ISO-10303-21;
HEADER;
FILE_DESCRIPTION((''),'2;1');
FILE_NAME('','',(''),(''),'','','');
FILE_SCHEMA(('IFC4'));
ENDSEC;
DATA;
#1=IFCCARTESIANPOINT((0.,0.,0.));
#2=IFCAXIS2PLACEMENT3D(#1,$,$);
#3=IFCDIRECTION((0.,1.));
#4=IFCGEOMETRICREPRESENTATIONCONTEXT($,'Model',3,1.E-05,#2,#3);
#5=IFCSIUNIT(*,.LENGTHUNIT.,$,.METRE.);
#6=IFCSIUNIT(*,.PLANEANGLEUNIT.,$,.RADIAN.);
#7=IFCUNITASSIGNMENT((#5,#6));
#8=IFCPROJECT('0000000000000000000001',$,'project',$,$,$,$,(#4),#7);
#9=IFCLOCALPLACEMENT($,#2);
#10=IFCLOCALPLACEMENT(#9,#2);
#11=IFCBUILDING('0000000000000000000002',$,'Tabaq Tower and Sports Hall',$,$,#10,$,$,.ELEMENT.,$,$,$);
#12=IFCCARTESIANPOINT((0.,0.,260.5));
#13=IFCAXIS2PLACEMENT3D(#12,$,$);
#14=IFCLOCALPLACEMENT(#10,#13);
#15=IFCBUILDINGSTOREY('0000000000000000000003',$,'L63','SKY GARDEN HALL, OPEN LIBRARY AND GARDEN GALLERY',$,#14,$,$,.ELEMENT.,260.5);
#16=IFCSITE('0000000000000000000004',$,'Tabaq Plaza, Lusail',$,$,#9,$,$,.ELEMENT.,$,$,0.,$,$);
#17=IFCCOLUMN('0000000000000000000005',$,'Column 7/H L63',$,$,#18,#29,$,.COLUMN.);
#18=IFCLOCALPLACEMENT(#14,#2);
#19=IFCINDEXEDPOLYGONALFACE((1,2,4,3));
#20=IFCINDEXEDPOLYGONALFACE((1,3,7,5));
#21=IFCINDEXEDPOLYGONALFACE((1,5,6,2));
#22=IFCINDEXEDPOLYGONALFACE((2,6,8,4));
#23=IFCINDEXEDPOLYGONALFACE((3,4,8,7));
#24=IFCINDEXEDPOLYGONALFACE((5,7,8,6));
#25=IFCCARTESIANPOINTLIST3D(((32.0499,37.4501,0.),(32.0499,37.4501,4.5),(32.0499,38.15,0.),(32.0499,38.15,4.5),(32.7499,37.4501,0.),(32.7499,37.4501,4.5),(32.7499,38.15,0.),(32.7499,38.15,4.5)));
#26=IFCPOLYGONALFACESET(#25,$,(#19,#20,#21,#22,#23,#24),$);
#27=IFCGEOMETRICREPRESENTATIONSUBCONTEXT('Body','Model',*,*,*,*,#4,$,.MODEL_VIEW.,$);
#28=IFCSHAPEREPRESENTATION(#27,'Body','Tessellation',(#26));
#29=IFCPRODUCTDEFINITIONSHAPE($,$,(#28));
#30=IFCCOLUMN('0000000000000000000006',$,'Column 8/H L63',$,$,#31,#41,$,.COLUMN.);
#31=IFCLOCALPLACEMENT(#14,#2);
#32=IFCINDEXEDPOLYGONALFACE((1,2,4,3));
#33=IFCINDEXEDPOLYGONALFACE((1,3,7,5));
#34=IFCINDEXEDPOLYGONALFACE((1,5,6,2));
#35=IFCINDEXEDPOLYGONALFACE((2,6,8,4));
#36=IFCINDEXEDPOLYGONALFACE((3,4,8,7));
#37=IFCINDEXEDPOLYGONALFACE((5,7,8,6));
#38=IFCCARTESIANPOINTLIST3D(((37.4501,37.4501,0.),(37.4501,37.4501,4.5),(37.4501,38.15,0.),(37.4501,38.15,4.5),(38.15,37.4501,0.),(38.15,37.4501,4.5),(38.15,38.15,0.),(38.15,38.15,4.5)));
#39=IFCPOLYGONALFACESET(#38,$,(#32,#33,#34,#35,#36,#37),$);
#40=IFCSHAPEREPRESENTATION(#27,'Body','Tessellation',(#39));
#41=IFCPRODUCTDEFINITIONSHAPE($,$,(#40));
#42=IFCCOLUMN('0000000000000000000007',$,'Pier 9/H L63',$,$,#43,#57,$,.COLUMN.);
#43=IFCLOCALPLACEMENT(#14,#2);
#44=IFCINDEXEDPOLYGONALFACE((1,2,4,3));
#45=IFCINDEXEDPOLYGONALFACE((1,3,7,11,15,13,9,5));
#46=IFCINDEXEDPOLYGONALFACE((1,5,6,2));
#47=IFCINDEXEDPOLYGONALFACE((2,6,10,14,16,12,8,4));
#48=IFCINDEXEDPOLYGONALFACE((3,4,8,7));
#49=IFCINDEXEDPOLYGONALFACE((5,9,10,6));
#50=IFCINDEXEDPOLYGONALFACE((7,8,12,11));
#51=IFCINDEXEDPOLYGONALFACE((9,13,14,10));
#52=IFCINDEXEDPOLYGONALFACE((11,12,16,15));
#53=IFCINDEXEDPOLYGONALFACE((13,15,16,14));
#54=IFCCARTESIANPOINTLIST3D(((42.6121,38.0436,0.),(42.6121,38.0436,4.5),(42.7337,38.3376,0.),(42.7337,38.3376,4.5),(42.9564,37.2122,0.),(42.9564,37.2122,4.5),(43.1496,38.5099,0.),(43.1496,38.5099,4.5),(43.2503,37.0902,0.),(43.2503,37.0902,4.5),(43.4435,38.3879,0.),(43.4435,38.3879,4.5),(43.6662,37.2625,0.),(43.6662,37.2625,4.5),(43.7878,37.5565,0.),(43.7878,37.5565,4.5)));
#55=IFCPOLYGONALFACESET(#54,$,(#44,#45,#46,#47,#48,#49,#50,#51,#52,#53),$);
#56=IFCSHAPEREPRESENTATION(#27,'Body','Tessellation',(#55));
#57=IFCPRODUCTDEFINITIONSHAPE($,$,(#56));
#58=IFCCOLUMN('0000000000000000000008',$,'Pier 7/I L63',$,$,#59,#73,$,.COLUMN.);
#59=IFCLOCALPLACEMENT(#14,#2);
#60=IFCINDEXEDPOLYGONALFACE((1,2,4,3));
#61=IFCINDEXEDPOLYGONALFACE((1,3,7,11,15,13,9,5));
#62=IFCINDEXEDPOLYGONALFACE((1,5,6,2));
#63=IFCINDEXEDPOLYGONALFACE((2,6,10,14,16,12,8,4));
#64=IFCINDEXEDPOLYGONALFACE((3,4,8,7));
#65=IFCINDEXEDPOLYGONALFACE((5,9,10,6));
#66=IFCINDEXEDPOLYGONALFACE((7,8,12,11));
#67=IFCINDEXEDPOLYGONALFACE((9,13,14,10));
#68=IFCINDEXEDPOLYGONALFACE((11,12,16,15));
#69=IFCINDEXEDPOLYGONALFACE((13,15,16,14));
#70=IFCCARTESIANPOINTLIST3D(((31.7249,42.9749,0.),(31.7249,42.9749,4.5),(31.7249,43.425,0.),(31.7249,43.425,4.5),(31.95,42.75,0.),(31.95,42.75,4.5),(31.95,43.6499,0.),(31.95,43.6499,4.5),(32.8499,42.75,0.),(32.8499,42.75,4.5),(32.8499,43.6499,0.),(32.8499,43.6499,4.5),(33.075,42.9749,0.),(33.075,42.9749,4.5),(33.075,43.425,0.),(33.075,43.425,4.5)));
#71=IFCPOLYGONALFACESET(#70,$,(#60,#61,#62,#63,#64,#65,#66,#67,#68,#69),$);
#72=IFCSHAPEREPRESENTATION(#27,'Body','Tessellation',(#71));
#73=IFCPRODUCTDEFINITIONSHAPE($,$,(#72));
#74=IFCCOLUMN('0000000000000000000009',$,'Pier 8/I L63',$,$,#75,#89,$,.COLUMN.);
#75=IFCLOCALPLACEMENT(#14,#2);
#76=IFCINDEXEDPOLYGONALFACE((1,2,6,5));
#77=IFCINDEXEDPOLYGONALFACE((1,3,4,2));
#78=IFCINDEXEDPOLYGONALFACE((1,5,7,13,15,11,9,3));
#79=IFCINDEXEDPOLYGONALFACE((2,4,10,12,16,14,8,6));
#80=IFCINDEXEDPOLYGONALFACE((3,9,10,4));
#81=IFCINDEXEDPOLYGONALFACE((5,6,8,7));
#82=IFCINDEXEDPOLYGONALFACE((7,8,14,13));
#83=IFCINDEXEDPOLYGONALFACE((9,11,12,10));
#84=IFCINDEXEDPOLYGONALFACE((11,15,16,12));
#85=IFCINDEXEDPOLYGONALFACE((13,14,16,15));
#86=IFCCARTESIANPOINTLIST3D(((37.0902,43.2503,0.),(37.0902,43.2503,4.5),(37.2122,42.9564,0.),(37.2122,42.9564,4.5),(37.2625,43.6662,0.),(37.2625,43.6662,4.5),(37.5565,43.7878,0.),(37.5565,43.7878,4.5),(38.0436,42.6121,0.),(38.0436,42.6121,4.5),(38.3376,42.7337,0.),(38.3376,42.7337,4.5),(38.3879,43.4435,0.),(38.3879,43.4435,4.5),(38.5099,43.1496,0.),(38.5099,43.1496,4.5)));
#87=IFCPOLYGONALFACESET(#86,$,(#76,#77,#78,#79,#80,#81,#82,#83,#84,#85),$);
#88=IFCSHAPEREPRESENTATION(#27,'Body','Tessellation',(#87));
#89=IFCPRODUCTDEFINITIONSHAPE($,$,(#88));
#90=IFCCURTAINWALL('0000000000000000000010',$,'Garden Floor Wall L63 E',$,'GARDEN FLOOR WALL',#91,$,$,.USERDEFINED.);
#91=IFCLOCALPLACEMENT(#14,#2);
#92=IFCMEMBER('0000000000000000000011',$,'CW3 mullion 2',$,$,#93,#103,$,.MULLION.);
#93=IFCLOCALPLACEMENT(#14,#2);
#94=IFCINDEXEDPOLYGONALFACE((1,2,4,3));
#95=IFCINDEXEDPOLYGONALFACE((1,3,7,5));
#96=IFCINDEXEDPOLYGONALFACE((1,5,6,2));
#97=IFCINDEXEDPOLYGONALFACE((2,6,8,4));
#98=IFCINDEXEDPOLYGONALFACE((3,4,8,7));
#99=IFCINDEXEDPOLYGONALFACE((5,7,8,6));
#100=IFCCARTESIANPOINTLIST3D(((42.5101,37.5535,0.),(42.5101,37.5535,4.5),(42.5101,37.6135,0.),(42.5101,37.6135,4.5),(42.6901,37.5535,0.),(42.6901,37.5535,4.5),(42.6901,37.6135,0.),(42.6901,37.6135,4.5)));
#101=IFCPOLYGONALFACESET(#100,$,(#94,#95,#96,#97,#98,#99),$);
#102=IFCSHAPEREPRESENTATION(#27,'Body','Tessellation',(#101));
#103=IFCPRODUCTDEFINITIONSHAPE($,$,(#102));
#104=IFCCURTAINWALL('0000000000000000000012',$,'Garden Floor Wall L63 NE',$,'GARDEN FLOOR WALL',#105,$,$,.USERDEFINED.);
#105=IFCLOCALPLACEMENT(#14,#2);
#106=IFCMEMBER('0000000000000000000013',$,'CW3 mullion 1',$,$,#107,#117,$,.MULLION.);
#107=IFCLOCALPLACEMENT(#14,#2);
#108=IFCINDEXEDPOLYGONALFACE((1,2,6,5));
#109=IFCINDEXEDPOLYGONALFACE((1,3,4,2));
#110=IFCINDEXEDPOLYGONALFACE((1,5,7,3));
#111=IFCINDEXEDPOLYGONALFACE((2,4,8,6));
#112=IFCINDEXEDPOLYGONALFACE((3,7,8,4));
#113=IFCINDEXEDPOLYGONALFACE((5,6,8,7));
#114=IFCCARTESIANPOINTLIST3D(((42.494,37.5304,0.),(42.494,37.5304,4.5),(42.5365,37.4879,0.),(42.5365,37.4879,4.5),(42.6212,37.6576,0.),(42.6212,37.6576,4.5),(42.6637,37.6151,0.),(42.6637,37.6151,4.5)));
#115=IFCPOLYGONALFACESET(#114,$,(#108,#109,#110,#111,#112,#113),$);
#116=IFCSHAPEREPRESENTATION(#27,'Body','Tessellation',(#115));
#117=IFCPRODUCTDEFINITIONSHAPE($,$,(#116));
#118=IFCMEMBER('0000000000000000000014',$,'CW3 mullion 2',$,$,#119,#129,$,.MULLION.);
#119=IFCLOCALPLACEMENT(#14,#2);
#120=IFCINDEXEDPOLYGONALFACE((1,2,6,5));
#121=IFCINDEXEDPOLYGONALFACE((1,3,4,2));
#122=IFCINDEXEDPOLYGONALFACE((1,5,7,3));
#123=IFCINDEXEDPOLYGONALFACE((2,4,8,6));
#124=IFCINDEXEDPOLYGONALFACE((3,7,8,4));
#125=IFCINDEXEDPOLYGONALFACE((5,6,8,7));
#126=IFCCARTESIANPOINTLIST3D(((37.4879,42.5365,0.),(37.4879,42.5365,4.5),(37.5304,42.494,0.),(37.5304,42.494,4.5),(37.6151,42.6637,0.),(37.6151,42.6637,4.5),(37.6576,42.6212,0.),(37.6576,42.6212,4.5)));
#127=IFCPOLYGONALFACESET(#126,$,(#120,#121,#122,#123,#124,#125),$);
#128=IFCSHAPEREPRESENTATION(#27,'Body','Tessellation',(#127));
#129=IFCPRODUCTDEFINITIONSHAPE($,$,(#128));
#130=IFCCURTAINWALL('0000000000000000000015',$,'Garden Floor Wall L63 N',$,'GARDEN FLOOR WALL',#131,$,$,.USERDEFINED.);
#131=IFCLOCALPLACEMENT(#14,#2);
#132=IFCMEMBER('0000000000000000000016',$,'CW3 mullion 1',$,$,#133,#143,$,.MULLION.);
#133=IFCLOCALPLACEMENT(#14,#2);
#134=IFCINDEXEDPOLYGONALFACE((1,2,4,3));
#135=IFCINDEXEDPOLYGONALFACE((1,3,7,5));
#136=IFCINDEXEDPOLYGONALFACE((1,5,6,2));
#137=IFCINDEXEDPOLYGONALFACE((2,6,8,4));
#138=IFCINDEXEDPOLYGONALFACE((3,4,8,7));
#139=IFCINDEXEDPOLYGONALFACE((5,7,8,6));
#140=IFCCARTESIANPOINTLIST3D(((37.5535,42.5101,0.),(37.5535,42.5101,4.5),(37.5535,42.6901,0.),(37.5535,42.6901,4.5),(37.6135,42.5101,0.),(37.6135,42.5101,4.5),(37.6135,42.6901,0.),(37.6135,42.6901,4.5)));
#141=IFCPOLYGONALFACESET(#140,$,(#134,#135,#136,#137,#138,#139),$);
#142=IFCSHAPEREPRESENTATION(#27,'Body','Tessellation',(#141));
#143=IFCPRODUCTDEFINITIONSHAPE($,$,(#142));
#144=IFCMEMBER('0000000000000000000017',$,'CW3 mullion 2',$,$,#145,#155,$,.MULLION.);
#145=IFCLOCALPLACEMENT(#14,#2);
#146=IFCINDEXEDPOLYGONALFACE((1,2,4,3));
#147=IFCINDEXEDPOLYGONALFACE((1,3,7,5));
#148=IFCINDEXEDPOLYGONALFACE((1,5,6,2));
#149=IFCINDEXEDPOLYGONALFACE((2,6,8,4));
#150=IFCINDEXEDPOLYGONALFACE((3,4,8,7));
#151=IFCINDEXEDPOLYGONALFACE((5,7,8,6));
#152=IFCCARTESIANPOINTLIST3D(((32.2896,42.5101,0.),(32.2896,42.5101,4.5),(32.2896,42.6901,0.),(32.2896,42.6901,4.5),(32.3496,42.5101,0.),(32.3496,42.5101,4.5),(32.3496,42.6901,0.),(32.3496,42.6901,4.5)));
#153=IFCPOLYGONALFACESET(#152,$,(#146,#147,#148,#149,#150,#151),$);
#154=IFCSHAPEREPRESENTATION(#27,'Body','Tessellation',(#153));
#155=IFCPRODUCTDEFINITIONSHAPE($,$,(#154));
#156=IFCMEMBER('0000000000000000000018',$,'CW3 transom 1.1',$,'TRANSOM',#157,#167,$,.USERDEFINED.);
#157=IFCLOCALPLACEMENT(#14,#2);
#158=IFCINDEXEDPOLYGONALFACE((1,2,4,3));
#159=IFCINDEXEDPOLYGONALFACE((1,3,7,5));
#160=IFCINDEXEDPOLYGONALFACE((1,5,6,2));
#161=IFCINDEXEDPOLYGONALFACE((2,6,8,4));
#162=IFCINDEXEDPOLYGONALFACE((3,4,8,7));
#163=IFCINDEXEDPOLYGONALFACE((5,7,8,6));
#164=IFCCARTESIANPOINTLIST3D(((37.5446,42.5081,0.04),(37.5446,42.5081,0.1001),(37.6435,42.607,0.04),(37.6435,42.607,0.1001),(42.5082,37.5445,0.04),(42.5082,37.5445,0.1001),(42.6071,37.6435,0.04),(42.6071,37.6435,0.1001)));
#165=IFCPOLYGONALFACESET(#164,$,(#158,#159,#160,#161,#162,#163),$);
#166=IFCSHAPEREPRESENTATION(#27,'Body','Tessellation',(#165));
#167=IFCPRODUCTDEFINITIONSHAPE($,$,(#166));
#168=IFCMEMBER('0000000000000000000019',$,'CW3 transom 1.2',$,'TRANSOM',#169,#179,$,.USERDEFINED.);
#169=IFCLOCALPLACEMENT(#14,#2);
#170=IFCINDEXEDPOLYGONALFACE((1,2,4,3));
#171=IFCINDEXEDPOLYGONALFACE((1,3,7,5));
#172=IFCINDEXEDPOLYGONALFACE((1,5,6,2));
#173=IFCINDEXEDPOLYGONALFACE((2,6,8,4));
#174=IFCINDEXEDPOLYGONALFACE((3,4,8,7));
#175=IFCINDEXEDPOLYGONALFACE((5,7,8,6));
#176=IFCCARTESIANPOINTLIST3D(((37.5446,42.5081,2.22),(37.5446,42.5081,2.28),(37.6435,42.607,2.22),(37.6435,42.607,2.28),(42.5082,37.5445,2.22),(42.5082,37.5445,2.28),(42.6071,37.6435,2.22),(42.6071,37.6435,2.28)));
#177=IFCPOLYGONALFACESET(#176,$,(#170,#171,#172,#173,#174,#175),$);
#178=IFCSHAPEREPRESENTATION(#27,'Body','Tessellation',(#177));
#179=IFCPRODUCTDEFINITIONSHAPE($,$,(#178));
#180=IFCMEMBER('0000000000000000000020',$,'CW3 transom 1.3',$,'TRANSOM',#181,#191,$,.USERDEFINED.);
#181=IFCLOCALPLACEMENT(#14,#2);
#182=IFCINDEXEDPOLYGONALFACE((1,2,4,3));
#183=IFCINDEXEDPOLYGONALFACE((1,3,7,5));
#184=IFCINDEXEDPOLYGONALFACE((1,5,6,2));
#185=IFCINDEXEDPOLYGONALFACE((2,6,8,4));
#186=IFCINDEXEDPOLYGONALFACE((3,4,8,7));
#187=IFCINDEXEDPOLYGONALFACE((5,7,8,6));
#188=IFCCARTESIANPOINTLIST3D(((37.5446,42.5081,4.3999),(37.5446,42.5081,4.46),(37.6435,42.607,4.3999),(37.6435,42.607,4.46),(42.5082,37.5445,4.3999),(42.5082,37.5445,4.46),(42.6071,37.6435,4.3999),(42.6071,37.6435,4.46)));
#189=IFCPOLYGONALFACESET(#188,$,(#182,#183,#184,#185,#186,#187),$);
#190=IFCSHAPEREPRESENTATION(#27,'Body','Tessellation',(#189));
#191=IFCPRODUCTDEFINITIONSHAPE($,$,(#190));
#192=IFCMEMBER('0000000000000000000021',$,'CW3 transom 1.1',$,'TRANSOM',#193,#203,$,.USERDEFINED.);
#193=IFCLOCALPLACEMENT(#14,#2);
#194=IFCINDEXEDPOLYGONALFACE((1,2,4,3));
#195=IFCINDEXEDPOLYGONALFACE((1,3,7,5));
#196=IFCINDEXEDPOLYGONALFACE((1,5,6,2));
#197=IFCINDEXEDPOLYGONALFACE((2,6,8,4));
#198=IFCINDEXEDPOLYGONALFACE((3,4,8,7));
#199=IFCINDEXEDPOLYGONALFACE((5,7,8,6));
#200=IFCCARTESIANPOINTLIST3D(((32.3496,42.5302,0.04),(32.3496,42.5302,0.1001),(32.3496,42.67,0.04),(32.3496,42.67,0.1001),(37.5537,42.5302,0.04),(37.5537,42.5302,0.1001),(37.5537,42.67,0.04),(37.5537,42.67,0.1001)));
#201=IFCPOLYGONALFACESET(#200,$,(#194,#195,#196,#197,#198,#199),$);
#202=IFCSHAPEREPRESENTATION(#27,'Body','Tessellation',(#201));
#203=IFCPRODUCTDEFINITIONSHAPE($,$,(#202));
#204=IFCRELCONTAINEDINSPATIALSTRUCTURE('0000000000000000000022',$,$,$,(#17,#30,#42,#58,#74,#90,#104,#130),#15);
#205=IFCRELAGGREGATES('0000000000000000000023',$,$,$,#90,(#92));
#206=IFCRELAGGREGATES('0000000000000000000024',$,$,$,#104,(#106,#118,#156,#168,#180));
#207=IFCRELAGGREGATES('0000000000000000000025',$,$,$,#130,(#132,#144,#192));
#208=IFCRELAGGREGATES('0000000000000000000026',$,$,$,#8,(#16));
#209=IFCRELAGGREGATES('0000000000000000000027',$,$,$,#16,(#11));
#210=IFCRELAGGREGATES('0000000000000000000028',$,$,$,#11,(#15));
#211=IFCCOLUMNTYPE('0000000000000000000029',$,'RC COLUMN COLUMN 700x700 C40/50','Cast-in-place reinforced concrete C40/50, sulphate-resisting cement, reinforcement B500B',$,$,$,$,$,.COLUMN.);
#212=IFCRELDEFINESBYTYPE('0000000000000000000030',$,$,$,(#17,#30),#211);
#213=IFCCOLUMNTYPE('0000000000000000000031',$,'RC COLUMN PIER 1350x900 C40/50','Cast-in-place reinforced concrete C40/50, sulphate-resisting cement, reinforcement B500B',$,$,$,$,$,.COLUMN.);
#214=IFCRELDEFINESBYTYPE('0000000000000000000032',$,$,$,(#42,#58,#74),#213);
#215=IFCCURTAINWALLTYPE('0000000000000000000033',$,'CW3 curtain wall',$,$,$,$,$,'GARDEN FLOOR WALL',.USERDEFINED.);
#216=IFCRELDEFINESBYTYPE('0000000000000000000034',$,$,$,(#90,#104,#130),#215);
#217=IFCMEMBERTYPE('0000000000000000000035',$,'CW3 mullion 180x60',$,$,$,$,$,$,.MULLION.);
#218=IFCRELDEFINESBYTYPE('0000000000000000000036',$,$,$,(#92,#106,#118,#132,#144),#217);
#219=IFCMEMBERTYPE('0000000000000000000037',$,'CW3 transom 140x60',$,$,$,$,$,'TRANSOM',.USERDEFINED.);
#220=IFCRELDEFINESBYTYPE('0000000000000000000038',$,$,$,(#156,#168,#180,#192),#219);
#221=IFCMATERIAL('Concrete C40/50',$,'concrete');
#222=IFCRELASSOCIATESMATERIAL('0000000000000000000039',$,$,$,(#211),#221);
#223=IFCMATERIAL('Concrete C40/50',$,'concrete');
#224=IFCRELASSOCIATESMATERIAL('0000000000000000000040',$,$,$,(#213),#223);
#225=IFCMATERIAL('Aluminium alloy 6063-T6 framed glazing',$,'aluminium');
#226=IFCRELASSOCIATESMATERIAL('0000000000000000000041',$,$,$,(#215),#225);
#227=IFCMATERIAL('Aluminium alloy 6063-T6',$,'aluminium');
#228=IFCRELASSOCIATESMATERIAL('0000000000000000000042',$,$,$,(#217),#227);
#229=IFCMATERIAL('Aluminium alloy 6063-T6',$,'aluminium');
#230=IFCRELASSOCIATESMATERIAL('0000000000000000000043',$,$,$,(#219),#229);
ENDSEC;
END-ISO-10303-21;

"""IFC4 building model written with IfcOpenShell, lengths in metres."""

from ifc_helpers import new_model, si_unit, direction, frame, origin, origin_2d, place, context, subcontext, project, spatial, polyline, rectangle, outline, extrude, material, material_profile, profile_set, type_object, element, aggregate, save


model = new_model("IFC4")

# Units and contexts
model_context = context("Model", 3, precision=1e-05, world=origin(), true_north=direction((0.0, 1.0)))
body_context = subcontext(model_context, "Body", "Model", "MODEL_VIEW")
ifc_project = project(units=[si_unit("LENGTHUNIT", "METRE"), si_unit("PLANEANGLEUNIT", "RADIAN")], contexts=[model_context])

# Site, building, storey
site_placement = place(None, origin())
site = spatial("IfcSite", under=ifc_project, at=site_placement, Name="Tabaq Plaza, Lusail", CompositionType="ELEMENT", RefElevation=0.0)
building_placement = place(site_placement, origin())
building = spatial("IfcBuilding", under=site, at=building_placement, Name="Tabaq Tower and Sports Hall", CompositionType="ELEMENT")
storey_placement = place(building_placement, frame((0.0, 0.0, 260.5)))
storey = spatial("IfcBuildingStorey", under=building, at=storey_placement, Name="L63", Description="SKY GARDEN HALL, OPEN LIBRARY AND GARDEN GALLERY", CompositionType="ELEMENT", Elevation=260.5)

# Columns
ifc_material_1 = material(Name="Concrete C40/50", Category="concrete")
ifc_material_profile_1 = material_profile(ifc_material_1, rectangle(XDim=0.7, YDim=0.7, at=origin_2d()), Name="COLUMN 700x700")
ifc_profile_set_1 = profile_set([ifc_material_profile_1], Name="Concrete C40/50")
column_type_1 = type_object("IfcColumnType", Name="RC COLUMN COLUMN 700x700 C40/50", Description="Cast-in-place reinforced concrete C40/50, sulphate-resisting cement, reinforcement B500B", PredefinedType="COLUMN", material=ifc_profile_set_1)
for number, where, z_axis, x_axis, name in (
    (1, (32.3999, 37.8, 0.0), (0.0, 0.0, 1.0), (1.0, 0.0, 0.0), "Column 7/H L63"),
    (2, (37.8, 37.8, 0.0), (0.0, 0.0, 1.0), (1.0, 0.0, 0.0), "Column 8/H L63"),
):
    element("IfcColumn", number, at=place(storey_placement, frame(where, z_axis=z_axis, x_axis=x_axis)), inside=storey, type_object=column_type_1, Name=name, PredefinedType="COLUMN", context=body_context, shape_type="SweptSolid", body=[
        extrude(rectangle(XDim=0.7, YDim=0.7, at=origin_2d()), origin(), (0.0, 0.0, 1.0), 4.5),
    ])
ifc_material_2 = material(Name="Concrete C40/50", Category="concrete")
ifc_material_profile_2 = material_profile(ifc_material_2, outline(polyline([(-0.45, -0.45), (0.45, -0.45), (0.675, -0.2251), (0.675, 0.2251), (0.45, 0.45), (-0.45, 0.45), (-0.675, 0.2251), (-0.675, -0.2251), (-0.45, -0.45)])), Name="PIER 1350x900")
ifc_profile_set_2 = profile_set([ifc_material_profile_2], Name="Concrete C40/50")
column_type_2 = type_object("IfcColumnType", Name="RC COLUMN PIER 1350x900 C40/50", Description="Cast-in-place reinforced concrete C40/50, sulphate-resisting cement, reinforcement B500B", PredefinedType="COLUMN", material=ifc_profile_set_2)
for number, where, z_axis, x_axis, name in (
    (3, (43.2, 37.8, 0.0), (0.0, 0.0, 1.0), (-0.382683, 0.92388, 0.0), "Pier 9/H L63"),
    (4, (32.3999, 43.2, 0.0), (0.0, 0.0, 1.0), (1.0, 0.0, 0.0), "Pier 7/I L63"),
    (5, (37.8, 43.2, 0.0), (0.0, 0.0, 1.0), (-0.92388, 0.382683, 0.0), "Pier 8/I L63"),
):
    element("IfcColumn", number, at=place(storey_placement, frame(where, z_axis=z_axis, x_axis=x_axis)), inside=storey, type_object=column_type_2, Name=name, PredefinedType="COLUMN", context=body_context, shape_type="SweptSolid", body=[
        extrude(outline(polyline([(-0.45, -0.45), (0.45, -0.45), (0.675, -0.2251), (0.675, 0.2251), (0.45, 0.45), (-0.45, 0.45), (-0.675, 0.2251), (-0.675, -0.2251), (-0.45, -0.45)])), origin(), (0.0, 0.0, 1.0), 4.5),
    ])

# Curtain wall, member
ifc_material_3 = material(Name="Aluminium alloy 6063-T6 framed glazing", Category="aluminium")
curtain_wall_type = type_object("IfcCurtainWallType", Name="CW3 curtain wall", ElementType="GARDEN FLOOR WALL", PredefinedType="USERDEFINED", material=ifc_material_3)
curtain_wall_1_placement = place(storey_placement, origin())
curtain_wall_1 = element("IfcCurtainWall", 6, at=curtain_wall_1_placement, inside=storey, type_object=curtain_wall_type, Name="Garden Floor Wall L63 E", ObjectType="GARDEN FLOOR WALL", PredefinedType="USERDEFINED")
ifc_material_4 = material(Name="Aluminium alloy 6063-T6", Category="aluminium")
ifc_material_profile_3 = material_profile(ifc_material_4, rectangle(XDim=0.1799, YDim=0.0601, at=origin_2d()), Name="MULLION 180x60")
ifc_profile_set_3 = profile_set([ifc_material_profile_3], Name="Aluminium alloy 6063-T6")
member_type_1 = type_object("IfcMemberType", Name="CW3 mullion 180x60", PredefinedType="MULLION", material=ifc_profile_set_3)
member_1_placement = place(storey_placement, frame((42.6001, 37.5835, 0.0), z_axis=(0.0, 0.0, 1.0), x_axis=(-1.0, 0.0, 0.0)))
member_1 = element("IfcMember", 7, at=member_1_placement, type_object=member_type_1, Name="CW3 mullion 2", PredefinedType="MULLION", context=body_context, shape_type="SweptSolid", body=[
    extrude(rectangle(XDim=0.1799, YDim=0.0601, at=origin_2d()), origin(), (0.0, 0.0, 1.0), 4.5),
])

# Curtain walls, members
curtain_wall_2_placement = place(storey_placement, origin())
curtain_wall_2 = element("IfcCurtainWall", 8, at=curtain_wall_2_placement, inside=storey, type_object=curtain_wall_type, Name="Garden Floor Wall L63 NE", ObjectType="GARDEN FLOOR WALL", PredefinedType="USERDEFINED")
member_2_placement = place(storey_placement, frame((42.5789, 37.5728, 0.0), z_axis=(0.0, 0.0, 1.0), x_axis=(-0.707107, -0.707107, 0.0)))
member_2 = element("IfcMember", 9, at=member_2_placement, type_object=member_type_1, Name="CW3 mullion 1", PredefinedType="MULLION", context=body_context, shape_type="SweptSolid", body=[
    extrude(rectangle(XDim=0.1799, YDim=0.0601, at=origin_2d()), origin(), (0.0, 0.0, 1.0), 4.5),
])
member_3_placement = place(storey_placement, frame((37.5728, 42.5789, 0.0), z_axis=(0.0, 0.0, 1.0), x_axis=(-0.707107, -0.707107, 0.0)))
member_3 = element("IfcMember", 10, at=member_3_placement, type_object=member_type_1, Name="CW3 mullion 2", PredefinedType="MULLION", context=body_context, shape_type="SweptSolid", body=[
    extrude(rectangle(XDim=0.1799, YDim=0.0601, at=origin_2d()), origin(), (0.0, 0.0, 1.0), 4.5),
])
curtain_wall_3_placement = place(storey_placement, origin())
curtain_wall_3 = element("IfcCurtainWall", 11, at=curtain_wall_3_placement, inside=storey, type_object=curtain_wall_type, Name="Garden Floor Wall L63 N", ObjectType="GARDEN FLOOR WALL", PredefinedType="USERDEFINED")
member_4_placement = place(storey_placement, frame((37.5835, 42.6001, 0.0), z_axis=(0.0, 0.0, 1.0), x_axis=(0.0, -1.0, 0.0)))
member_4 = element("IfcMember", 12, at=member_4_placement, type_object=member_type_1, Name="CW3 mullion 1", PredefinedType="MULLION", context=body_context, shape_type="SweptSolid", body=[
    extrude(rectangle(XDim=0.1799, YDim=0.0601, at=origin_2d()), origin(), (0.0, 0.0, 1.0), 4.5),
])
member_5_placement = place(storey_placement, frame((32.3196, 42.6001, 0.0), z_axis=(0.0, 0.0, 1.0), x_axis=(0.0, -1.0, 0.0)))
member_5 = element("IfcMember", 13, at=member_5_placement, type_object=member_type_1, Name="CW3 mullion 2", PredefinedType="MULLION", context=body_context, shape_type="SweptSolid", body=[
    extrude(rectangle(XDim=0.1799, YDim=0.0601, at=origin_2d()), origin(), (0.0, 0.0, 1.0), 4.5),
])

# Members
ifc_material_5 = material(Name="Aluminium alloy 6063-T6", Category="aluminium")
ifc_material_profile_4 = material_profile(ifc_material_5, rectangle(XDim=0.1399, YDim=0.0601, at=origin_2d()), Name="TRANSOM 140x60")
ifc_profile_set_4 = profile_set([ifc_material_profile_4], Name="Aluminium alloy 6063-T6")
member_type_2 = type_object("IfcMemberType", Name="CW3 transom 140x60", ElementType="TRANSOM", PredefinedType="USERDEFINED", material=ifc_profile_set_4)
member_6_placement = place(storey_placement, frame((42.5576, 37.594, 0.0701), z_axis=(-0.707107, 0.707107, 0.0), x_axis=(-0.707107, -0.707107, 0.0)))
member_6 = element("IfcMember", 14, at=member_6_placement, type_object=member_type_2, Name="CW3 transom 1.1", ObjectType="TRANSOM", PredefinedType="USERDEFINED", context=body_context, shape_type="SweptSolid", body=[
    extrude(rectangle(XDim=0.1399, YDim=0.0601, at=origin_2d()), origin(), (0.0, 0.0, 1.0), 7.0195),
])
member_7_placement = place(storey_placement, frame((42.5576, 37.594, 2.25), z_axis=(-0.707107, 0.707107, 0.0), x_axis=(-0.707107, -0.707107, 0.0)))
member_7 = element("IfcMember", 15, at=member_7_placement, type_object=member_type_2, Name="CW3 transom 1.2", ObjectType="TRANSOM", PredefinedType="USERDEFINED", context=body_context, shape_type="SweptSolid", body=[
    extrude(rectangle(XDim=0.1399, YDim=0.0601, at=origin_2d()), origin(), (0.0, 0.0, 1.0), 7.0195),
])
member_8_placement = place(storey_placement, frame((42.5576, 37.594, 4.4299), z_axis=(-0.707107, 0.707107, 0.0), x_axis=(-0.707107, -0.707107, 0.0)))
member_8 = element("IfcMember", 16, at=member_8_placement, type_object=member_type_2, Name="CW3 transom 1.3", ObjectType="TRANSOM", PredefinedType="USERDEFINED", context=body_context, shape_type="SweptSolid", body=[
    extrude(rectangle(XDim=0.1399, YDim=0.0601, at=origin_2d()), origin(), (0.0, 0.0, 1.0), 7.0195),
])
member_9_placement = place(storey_placement, frame((37.5537, 42.6001, 0.0701), z_axis=(-1.0, 0.0, 0.0), x_axis=(0.0, -1.0, 0.0)))
member_9 = element("IfcMember", 17, at=member_9_placement, type_object=member_type_2, Name="CW3 transom 1.1", ObjectType="TRANSOM", PredefinedType="USERDEFINED", context=body_context, shape_type="SweptSolid", body=[
    extrude(rectangle(XDim=0.1399, YDim=0.0601, at=origin_2d()), origin(), (0.0, 0.0, 1.0), 5.2041),
])

aggregate(curtain_wall_1, [member_1])
aggregate(curtain_wall_2, [member_2, member_3, member_6, member_7, member_8])
aggregate(curtain_wall_3, [member_4, member_5, member_9])

save(model, "model.ifc")
